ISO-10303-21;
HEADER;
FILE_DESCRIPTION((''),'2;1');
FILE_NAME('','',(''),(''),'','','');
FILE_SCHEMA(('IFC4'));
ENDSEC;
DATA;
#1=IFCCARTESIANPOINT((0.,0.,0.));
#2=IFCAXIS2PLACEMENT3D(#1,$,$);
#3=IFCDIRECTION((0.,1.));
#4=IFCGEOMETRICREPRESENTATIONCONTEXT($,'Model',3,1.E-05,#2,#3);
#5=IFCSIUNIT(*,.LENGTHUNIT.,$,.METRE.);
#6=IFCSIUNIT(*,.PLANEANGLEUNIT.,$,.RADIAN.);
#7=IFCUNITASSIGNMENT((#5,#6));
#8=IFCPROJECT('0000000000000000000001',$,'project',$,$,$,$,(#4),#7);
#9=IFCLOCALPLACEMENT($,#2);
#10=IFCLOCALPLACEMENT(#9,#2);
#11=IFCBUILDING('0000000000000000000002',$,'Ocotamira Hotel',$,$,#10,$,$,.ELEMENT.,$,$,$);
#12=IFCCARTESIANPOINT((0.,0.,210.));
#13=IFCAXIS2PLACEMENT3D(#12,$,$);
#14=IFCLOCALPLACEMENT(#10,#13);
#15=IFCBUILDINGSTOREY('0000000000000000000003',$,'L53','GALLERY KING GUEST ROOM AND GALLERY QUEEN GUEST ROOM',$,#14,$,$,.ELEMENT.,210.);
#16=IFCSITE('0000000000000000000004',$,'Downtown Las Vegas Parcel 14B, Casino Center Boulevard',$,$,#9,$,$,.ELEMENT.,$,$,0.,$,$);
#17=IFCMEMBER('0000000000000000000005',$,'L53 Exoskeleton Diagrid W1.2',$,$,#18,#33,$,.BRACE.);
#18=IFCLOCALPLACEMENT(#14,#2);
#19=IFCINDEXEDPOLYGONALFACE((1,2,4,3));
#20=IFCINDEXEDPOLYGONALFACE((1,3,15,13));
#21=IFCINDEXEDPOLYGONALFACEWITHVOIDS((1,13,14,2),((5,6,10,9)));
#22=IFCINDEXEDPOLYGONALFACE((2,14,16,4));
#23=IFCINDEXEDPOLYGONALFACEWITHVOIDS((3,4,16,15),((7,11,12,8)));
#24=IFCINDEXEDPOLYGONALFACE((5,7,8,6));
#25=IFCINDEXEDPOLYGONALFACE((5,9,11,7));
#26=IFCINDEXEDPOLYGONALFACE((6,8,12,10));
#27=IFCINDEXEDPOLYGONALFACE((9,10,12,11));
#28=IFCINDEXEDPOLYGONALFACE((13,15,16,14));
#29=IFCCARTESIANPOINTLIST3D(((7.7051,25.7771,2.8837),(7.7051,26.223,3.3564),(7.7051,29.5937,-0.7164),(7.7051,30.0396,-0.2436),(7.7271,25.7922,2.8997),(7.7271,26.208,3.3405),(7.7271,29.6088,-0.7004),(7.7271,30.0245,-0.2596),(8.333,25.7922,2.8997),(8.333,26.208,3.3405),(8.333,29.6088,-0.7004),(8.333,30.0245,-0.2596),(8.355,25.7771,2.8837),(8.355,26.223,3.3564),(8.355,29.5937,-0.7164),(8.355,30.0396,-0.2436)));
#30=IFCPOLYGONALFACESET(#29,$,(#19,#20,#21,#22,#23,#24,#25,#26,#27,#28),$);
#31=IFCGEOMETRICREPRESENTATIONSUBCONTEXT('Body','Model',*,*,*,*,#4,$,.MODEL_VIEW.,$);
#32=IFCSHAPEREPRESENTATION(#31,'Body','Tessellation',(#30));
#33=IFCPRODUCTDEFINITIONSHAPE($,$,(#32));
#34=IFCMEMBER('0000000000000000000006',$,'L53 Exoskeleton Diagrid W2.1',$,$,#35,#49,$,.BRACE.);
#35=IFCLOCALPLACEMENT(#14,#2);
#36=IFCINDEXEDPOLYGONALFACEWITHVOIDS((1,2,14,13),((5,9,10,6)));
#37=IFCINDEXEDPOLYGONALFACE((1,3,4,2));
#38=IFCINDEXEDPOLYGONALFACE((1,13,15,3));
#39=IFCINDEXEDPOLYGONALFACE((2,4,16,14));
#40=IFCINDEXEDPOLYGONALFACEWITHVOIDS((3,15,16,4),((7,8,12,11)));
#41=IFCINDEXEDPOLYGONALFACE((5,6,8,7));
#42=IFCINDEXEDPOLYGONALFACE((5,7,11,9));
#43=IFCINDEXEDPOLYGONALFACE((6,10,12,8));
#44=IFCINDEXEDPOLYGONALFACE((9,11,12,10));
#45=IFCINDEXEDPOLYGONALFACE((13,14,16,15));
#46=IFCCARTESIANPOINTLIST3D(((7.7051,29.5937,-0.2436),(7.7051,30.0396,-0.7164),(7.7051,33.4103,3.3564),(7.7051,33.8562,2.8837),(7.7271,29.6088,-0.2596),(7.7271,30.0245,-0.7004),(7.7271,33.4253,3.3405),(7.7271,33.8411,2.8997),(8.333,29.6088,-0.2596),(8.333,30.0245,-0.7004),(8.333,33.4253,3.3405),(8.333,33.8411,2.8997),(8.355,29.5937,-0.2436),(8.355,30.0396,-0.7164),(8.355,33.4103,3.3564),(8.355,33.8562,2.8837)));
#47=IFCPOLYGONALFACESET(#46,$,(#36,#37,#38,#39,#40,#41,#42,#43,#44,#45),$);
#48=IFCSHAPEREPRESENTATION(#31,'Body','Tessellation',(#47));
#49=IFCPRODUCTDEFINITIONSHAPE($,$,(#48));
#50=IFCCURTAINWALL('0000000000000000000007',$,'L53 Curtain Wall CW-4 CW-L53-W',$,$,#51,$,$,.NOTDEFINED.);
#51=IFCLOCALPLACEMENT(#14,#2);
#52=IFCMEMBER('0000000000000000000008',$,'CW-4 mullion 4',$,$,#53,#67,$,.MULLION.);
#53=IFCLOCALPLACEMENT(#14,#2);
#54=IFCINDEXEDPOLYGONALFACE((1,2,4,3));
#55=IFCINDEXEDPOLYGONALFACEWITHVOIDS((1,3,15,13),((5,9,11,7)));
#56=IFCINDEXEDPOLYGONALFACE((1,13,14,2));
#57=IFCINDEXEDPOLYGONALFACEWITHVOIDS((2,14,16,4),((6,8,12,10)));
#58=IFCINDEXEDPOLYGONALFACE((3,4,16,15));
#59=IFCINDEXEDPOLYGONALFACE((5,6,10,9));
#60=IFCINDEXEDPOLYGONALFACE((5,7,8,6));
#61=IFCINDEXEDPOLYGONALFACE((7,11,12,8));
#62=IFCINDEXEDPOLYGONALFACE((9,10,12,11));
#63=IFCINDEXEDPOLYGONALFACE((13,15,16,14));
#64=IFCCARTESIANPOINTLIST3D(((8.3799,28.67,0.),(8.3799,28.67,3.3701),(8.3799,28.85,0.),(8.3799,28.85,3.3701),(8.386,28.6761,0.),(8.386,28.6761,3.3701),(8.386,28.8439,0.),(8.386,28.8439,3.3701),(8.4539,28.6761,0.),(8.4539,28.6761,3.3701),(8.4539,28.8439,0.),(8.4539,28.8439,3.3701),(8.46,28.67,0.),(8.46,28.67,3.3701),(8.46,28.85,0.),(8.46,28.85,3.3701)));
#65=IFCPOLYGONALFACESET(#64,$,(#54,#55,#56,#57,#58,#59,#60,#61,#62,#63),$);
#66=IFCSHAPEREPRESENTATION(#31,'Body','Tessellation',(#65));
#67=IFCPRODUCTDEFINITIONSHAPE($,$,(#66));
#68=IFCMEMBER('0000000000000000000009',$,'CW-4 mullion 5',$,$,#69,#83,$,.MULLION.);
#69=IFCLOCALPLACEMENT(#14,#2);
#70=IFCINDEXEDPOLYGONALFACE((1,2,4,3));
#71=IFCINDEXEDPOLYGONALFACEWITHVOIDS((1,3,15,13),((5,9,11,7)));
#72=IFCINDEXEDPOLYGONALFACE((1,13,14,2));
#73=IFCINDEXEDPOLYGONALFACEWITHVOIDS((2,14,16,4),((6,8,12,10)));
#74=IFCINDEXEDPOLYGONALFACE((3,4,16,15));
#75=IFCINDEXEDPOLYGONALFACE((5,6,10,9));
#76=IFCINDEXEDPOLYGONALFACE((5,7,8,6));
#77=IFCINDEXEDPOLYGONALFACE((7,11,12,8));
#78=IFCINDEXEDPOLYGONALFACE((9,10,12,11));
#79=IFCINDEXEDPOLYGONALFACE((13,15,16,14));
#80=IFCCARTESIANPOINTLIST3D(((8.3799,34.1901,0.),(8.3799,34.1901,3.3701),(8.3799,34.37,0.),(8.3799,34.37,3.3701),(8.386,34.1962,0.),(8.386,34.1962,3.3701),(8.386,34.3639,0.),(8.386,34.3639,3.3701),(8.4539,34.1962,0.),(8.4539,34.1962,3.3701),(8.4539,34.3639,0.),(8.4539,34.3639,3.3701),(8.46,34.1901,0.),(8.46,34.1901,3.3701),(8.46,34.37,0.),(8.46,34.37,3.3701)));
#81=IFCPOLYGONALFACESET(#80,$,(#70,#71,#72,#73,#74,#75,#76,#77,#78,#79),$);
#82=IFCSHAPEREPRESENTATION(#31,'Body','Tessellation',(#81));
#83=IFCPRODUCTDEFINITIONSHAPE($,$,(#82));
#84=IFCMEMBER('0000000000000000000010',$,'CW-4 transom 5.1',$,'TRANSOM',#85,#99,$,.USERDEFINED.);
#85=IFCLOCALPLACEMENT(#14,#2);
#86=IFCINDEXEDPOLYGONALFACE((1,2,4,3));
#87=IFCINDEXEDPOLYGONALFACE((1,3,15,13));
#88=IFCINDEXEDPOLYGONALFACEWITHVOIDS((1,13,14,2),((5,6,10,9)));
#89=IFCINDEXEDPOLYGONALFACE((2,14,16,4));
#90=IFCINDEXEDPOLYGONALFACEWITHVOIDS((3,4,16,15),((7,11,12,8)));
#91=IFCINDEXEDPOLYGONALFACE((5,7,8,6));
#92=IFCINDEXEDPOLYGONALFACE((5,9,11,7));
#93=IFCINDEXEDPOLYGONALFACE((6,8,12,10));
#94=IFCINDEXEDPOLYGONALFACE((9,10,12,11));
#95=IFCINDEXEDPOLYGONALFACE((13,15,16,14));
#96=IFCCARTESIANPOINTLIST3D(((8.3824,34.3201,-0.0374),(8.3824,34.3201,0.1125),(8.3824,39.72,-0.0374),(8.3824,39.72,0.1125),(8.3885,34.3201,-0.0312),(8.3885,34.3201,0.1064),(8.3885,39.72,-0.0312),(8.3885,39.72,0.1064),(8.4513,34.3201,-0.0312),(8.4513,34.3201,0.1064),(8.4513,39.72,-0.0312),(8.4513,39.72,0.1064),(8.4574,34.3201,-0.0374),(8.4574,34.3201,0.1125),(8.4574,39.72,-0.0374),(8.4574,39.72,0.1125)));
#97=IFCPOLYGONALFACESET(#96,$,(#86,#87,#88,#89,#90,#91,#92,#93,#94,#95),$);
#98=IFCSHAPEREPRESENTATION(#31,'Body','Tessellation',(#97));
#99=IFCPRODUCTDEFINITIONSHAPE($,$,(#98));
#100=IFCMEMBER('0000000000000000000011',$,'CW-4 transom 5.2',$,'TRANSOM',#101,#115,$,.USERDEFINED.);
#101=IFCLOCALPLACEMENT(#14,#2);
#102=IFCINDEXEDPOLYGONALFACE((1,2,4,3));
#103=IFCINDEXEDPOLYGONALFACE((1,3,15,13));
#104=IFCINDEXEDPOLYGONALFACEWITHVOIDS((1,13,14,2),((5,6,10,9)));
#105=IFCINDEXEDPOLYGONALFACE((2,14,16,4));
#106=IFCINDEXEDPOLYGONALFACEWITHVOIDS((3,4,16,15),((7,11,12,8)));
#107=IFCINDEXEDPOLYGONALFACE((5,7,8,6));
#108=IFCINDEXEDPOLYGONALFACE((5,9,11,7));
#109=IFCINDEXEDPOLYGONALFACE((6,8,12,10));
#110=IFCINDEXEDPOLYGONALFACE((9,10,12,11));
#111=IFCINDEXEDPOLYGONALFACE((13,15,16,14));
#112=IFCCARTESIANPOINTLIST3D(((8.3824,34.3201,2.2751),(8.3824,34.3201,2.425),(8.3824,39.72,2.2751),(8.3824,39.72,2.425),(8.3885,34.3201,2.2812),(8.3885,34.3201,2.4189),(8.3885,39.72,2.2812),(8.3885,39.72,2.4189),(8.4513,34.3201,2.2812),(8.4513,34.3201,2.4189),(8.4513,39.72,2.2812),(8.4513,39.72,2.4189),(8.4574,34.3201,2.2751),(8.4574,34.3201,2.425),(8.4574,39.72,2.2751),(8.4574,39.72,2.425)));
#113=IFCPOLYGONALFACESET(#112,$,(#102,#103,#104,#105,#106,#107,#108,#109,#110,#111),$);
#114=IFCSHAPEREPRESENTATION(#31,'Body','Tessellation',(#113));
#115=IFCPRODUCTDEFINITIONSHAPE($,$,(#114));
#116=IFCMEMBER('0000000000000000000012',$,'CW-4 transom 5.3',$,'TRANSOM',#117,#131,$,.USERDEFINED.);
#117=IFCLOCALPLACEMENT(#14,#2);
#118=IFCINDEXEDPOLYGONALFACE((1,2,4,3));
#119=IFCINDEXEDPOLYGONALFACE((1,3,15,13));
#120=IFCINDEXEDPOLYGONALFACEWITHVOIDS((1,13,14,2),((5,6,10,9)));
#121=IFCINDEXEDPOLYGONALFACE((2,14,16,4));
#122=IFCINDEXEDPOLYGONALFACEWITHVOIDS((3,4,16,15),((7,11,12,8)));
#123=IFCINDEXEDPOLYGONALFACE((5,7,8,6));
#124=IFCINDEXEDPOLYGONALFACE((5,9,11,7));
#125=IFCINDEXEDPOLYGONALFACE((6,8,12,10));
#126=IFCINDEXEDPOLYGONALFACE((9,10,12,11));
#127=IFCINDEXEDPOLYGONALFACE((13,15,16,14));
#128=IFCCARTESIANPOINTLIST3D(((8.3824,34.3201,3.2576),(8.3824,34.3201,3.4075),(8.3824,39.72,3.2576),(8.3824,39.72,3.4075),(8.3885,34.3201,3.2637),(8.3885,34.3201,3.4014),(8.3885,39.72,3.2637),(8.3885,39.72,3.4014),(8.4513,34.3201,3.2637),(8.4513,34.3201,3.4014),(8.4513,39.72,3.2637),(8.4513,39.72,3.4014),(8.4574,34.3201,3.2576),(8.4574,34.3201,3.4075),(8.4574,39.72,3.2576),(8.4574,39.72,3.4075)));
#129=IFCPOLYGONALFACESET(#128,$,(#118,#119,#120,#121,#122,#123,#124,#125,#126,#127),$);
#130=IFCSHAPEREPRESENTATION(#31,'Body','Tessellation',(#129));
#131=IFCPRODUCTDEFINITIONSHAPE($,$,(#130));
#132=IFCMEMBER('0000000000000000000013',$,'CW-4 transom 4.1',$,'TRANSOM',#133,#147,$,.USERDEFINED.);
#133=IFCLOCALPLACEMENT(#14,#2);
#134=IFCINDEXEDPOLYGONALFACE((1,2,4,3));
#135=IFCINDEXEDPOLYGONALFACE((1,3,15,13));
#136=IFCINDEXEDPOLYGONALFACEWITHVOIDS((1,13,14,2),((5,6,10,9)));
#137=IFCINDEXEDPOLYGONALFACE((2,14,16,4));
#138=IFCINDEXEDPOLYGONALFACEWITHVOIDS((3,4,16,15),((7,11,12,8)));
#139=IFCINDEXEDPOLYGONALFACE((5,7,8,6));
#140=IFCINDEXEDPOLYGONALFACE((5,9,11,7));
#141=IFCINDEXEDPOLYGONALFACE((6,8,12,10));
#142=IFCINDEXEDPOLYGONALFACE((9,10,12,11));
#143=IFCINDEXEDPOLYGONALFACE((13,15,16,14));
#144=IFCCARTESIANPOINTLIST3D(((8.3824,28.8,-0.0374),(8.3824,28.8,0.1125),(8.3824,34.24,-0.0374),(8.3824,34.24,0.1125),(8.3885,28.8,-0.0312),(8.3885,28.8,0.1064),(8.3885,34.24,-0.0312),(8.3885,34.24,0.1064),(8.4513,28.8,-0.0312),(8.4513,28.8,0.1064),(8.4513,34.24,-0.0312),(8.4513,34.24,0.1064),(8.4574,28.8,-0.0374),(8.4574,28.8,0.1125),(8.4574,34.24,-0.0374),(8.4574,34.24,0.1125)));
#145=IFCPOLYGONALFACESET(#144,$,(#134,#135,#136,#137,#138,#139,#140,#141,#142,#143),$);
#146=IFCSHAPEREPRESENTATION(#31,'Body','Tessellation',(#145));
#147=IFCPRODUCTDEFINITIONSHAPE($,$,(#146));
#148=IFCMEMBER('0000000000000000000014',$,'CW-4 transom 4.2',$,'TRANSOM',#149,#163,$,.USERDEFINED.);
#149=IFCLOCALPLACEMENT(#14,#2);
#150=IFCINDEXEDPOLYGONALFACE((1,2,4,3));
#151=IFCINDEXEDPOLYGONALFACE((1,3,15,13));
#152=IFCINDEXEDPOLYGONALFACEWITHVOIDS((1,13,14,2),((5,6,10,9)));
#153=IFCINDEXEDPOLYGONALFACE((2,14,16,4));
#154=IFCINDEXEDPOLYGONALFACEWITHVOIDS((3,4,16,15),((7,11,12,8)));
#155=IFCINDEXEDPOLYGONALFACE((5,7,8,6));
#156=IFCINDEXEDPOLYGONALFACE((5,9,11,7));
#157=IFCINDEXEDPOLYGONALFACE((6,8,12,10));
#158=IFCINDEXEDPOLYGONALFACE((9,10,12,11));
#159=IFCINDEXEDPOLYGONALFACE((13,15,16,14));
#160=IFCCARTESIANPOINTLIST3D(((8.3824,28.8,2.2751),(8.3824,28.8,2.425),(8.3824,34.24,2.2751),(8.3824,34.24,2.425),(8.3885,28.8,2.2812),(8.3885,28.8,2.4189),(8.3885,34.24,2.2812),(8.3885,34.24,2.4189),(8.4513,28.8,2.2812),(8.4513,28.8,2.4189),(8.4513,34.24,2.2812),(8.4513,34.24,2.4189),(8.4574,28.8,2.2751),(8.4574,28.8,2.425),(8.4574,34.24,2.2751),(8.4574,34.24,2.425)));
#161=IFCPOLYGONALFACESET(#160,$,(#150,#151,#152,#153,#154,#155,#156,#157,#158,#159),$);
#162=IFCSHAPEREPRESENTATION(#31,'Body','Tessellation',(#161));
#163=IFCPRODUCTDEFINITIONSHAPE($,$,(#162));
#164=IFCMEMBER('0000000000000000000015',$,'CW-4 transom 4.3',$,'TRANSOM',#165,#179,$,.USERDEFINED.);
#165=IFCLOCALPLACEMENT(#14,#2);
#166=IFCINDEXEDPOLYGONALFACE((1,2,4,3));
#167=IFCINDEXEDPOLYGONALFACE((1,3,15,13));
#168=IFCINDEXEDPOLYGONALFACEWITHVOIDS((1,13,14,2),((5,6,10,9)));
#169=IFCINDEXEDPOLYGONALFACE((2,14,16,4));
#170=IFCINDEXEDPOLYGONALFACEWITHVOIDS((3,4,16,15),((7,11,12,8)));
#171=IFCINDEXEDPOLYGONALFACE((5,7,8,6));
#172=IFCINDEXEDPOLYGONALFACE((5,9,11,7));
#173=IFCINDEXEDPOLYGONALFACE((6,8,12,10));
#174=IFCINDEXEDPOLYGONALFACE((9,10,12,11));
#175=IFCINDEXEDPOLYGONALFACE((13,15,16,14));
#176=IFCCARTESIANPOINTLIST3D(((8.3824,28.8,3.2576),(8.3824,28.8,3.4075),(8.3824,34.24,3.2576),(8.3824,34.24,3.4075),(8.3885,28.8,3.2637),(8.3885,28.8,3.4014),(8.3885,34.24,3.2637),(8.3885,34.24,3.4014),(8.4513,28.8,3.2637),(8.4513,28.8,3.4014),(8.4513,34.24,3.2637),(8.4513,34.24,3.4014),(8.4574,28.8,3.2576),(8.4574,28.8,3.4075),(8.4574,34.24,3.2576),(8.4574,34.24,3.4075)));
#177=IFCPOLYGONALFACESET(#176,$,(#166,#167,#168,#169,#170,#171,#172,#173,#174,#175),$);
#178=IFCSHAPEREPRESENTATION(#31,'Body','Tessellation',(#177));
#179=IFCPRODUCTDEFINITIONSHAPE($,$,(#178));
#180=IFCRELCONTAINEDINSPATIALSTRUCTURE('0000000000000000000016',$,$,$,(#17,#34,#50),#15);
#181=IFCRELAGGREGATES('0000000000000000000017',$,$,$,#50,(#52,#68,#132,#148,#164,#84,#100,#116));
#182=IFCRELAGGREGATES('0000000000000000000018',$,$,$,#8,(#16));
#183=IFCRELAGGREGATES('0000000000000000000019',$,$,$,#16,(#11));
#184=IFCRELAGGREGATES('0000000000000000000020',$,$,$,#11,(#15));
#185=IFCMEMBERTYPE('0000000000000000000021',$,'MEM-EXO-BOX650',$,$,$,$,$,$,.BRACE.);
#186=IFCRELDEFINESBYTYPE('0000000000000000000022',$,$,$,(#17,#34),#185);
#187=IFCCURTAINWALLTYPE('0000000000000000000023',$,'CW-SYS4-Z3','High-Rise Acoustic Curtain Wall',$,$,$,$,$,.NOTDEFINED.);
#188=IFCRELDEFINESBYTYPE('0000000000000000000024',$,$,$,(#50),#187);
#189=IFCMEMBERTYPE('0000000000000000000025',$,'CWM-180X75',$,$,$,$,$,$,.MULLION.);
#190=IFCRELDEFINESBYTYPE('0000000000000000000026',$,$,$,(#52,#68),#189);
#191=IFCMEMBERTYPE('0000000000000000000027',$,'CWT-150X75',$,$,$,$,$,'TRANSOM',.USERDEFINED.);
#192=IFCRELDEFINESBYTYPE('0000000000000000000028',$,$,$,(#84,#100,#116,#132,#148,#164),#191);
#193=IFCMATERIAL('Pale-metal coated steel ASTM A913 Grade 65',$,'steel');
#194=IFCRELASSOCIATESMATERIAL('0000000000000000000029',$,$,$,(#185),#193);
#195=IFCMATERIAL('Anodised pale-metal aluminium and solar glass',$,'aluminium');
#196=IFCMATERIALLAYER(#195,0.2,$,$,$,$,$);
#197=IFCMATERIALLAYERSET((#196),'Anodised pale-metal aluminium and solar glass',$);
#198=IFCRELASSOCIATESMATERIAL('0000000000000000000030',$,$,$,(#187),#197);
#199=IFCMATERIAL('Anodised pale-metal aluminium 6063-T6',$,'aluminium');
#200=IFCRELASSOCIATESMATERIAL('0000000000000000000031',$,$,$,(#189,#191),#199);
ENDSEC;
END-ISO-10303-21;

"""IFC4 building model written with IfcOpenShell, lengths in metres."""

from ifc_helpers import new_model, si_unit, direction, frame, origin, origin_2d, place, context, subcontext, project, spatial, hollow_rectangle, extrude, source, transform, mapped, material, layer, layer_set, material_profile, profile_set, type_object, element, aggregate, save


model = new_model("IFC4")

# Units and contexts
model_context = context("Model", 3, precision=1e-05, world=origin(), true_north=direction((0.0, 1.0)))
body_context = subcontext(model_context, "Body", "Model", "MODEL_VIEW")
ifc_project = project(units=[si_unit("LENGTHUNIT", "METRE"), si_unit("PLANEANGLEUNIT", "RADIAN")], contexts=[model_context])

# Site, building, storey
site_placement = place(None, origin())
site = spatial("IfcSite", under=ifc_project, at=site_placement, Name="Downtown Las Vegas Parcel 14B, Casino Center Boulevard", CompositionType="ELEMENT", RefElevation=0.0)
building_placement = place(site_placement, origin())
building = spatial("IfcBuilding", under=site, at=building_placement, Name="Ocotamira Hotel", CompositionType="ELEMENT")
storey_placement = place(building_placement, frame((0.0, 0.0, 210.0)))
storey = spatial("IfcBuildingStorey", under=building, at=storey_placement, Name="L53", Description="GALLERY KING GUEST ROOM AND GALLERY QUEEN GUEST ROOM", CompositionType="ELEMENT", Elevation=210.0)

# Members
ifc_material_1 = material(Name="Pale-metal coated steel ASTM A913 Grade 65", Category="steel")
ifc_material_profile_1 = material_profile(ifc_material_1, hollow_rectangle(XDim=0.6499, YDim=0.6499, WallThickness=0.022, at=origin_2d()), Name="BOX650X650X22")
ifc_profile_set_1 = profile_set([ifc_material_profile_1], Name="Pale-metal coated steel ASTM A913 Grade 65")
member_type_1 = type_object("IfcMemberType", Name="MEM-EXO-BOX650", PredefinedType="BRACE", material=ifc_profile_set_1)
shared_shape_1 = source(origin(), body_context, "Body", "SweptSolid", [
    extrude(hollow_rectangle(XDim=0.6499, YDim=0.6499, WallThickness=0.022, at=origin_2d()), origin(), (0.0, 0.0, 1.0), 5.2466),
])
for number, where, z_axis, x_axis, name in (
    (1, (8.03, 29.8167, -0.48), (0.0, -0.727443, 0.686168), (1.0, 0.0, 0.0), "L53 Exoskeleton Diagrid W1.2"),
    (2, (8.03, 29.8167, -0.48), (0.0, 0.727443, 0.686168), (-1.0, 0.0, 0.0), "L53 Exoskeleton Diagrid W2.1"),
):
    element("IfcMember", number, at=place(storey_placement, frame(where, z_axis=z_axis, x_axis=x_axis)), inside=storey, type_object=member_type_1, Name=name, PredefinedType="BRACE", context=body_context, shape_type="MappedRepresentation", body=[
        mapped(shared_shape_1, transform((0.0, 0.0, 0.0), scale=1.0)),
    ])

# Curtain wall, members
ifc_material_2 = material(Name="Anodised pale-metal aluminium and solar glass", Category="aluminium")
ifc_layer_1 = layer(ifc_material_2, 0.2)
ifc_layer_set_1 = layer_set([ifc_layer_1], Name="Anodised pale-metal aluminium and solar glass")
curtain_wall_type = type_object("IfcCurtainWallType", Name="CW-SYS4-Z3", Description="High-Rise Acoustic Curtain Wall", PredefinedType="NOTDEFINED", material=ifc_layer_set_1)
curtain_wall_placement = place(storey_placement, origin())
curtain_wall = element("IfcCurtainWall", 3, at=curtain_wall_placement, inside=storey, type_object=curtain_wall_type, Name="L53 Curtain Wall CW-4 CW-L53-W", PredefinedType="NOTDEFINED")
ifc_material_3 = material(Name="Anodised pale-metal aluminium 6063-T6", Category="aluminium")
ifc_material_profile_2 = material_profile(ifc_material_3, hollow_rectangle(XDim=0.0801, YDim=0.1799, WallThickness=0.0061, at=origin_2d()), Name="HSS180X80X6")
ifc_profile_set_2 = profile_set([ifc_material_profile_2], Name="Anodised pale-metal aluminium 6063-T6")
member_type_2 = type_object("IfcMemberType", Name="CWM-180X75", PredefinedType="MULLION", material=ifc_profile_set_2)
shared_shape_2 = source(origin(), body_context, "Body", "SweptSolid", [
    extrude(hollow_rectangle(XDim=0.0801, YDim=0.1799, WallThickness=0.0061, at=origin_2d()), origin(), (0.0, 0.0, 1.0), 3.3701),
])
member_1_placement = place(storey_placement, frame((8.4199, 28.76, 0.0), z_axis=(0.0, 0.0, 1.0), x_axis=(-1.0, 0.0, 0.0)))
member_1 = element("IfcMember", 4, at=member_1_placement, type_object=member_type_2, Name="CW-4 mullion 4", PredefinedType="MULLION", context=body_context, shape_type="MappedRepresentation", body=[
    mapped(shared_shape_2, transform((0.0, 0.0, 0.0), scale=1.0)),
])
member_2_placement = place(storey_placement, frame((8.4199, 34.28, 0.0), z_axis=(0.0, 0.0, 1.0), x_axis=(-1.0, 0.0, 0.0)))
member_2 = element("IfcMember", 5, at=member_2_placement, type_object=member_type_2, Name="CW-4 mullion 5", PredefinedType="MULLION", context=body_context, shape_type="MappedRepresentation", body=[
    mapped(shared_shape_2, transform((0.0, 0.0, 0.0), scale=1.0)),
])
ifc_material_profile_3 = material_profile(ifc_material_3, hollow_rectangle(XDim=0.075, YDim=0.1499, WallThickness=0.0061, at=origin_2d()), Name="HSS150X75X6")
ifc_profile_set_3 = profile_set([ifc_material_profile_3], Name="Anodised pale-metal aluminium 6063-T6")
member_type_3 = type_object("IfcMemberType", Name="CWT-150X75", ElementType="TRANSOM", PredefinedType="USERDEFINED", material=ifc_profile_set_3)
shared_shape_3 = source(origin(), body_context, "Body", "SweptSolid", [
    extrude(hollow_rectangle(XDim=0.075, YDim=0.1499, WallThickness=0.0061, at=origin_2d()), origin(), (0.0, 0.0, 1.0), 5.3999),
])
member_3_placement = place(storey_placement, frame((8.4199, 34.3201, 0.0376), z_axis=(0.0, 1.0, 0.0), x_axis=(-1.0, 0.0, 0.0)))
member_3 = element("IfcMember", 6, at=member_3_placement, type_object=member_type_3, Name="CW-4 transom 5.1", ObjectType="TRANSOM", PredefinedType="USERDEFINED", context=body_context, shape_type="MappedRepresentation", body=[
    mapped(shared_shape_3, transform((0.0, 0.0, 0.0), scale=1.0)),
])
member_4_placement = place(storey_placement, frame((8.4199, 34.3201, 2.3501), z_axis=(0.0, 1.0, 0.0), x_axis=(-1.0, 0.0, 0.0)))
member_4 = element("IfcMember", 7, at=member_4_placement, type_object=member_type_3, Name="CW-4 transom 5.2", ObjectType="TRANSOM", PredefinedType="USERDEFINED", context=body_context, shape_type="MappedRepresentation", body=[
    mapped(shared_shape_3, transform((0.0, 0.0, 0.0), scale=1.0)),
])
member_5_placement = place(storey_placement, frame((8.4199, 34.3201, 3.3325), z_axis=(0.0, 1.0, 0.0), x_axis=(-1.0, 0.0, 0.0)))
member_5 = element("IfcMember", 8, at=member_5_placement, type_object=member_type_3, Name="CW-4 transom 5.3", ObjectType="TRANSOM", PredefinedType="USERDEFINED", context=body_context, shape_type="MappedRepresentation", body=[
    mapped(shared_shape_3, transform((0.0, 0.0, 0.0), scale=1.0)),
])
shared_shape_4 = source(origin(), body_context, "Body", "SweptSolid", [
    extrude(hollow_rectangle(XDim=0.075, YDim=0.1499, WallThickness=0.0061, at=origin_2d()), origin(), (0.0, 0.0, 1.0), 5.4399),
])
member_6_placement = place(storey_placement, frame((8.4199, 28.8, 0.0376), z_axis=(0.0, 1.0, 0.0), x_axis=(-1.0, 0.0, 0.0)))
member_6 = element("IfcMember", 9, at=member_6_placement, type_object=member_type_3, Name="CW-4 transom 4.1", ObjectType="TRANSOM", PredefinedType="USERDEFINED", context=body_context, shape_type="MappedRepresentation", body=[
    mapped(shared_shape_4, transform((0.0, 0.0, 0.0), scale=1.0)),
])
member_7_placement = place(storey_placement, frame((8.4199, 28.8, 2.3501), z_axis=(0.0, 1.0, 0.0), x_axis=(-1.0, 0.0, 0.0)))
member_7 = element("IfcMember", 10, at=member_7_placement, type_object=member_type_3, Name="CW-4 transom 4.2", ObjectType="TRANSOM", PredefinedType="USERDEFINED", context=body_context, shape_type="MappedRepresentation", body=[
    mapped(shared_shape_4, transform((0.0, 0.0, 0.0), scale=1.0)),
])
member_8_placement = place(storey_placement, frame((8.4199, 28.8, 3.3325), z_axis=(0.0, 1.0, 0.0), x_axis=(-1.0, 0.0, 0.0)))
member_8 = element("IfcMember", 11, at=member_8_placement, type_object=member_type_3, Name="CW-4 transom 4.3", ObjectType="TRANSOM", PredefinedType="USERDEFINED", context=body_context, shape_type="MappedRepresentation", body=[
    mapped(shared_shape_4, transform((0.0, 0.0, 0.0), scale=1.0)),
])

aggregate(curtain_wall, [member_1, member_2, member_6, member_7, member_8, member_3, member_4, member_5])

save(model, "model.ifc")
